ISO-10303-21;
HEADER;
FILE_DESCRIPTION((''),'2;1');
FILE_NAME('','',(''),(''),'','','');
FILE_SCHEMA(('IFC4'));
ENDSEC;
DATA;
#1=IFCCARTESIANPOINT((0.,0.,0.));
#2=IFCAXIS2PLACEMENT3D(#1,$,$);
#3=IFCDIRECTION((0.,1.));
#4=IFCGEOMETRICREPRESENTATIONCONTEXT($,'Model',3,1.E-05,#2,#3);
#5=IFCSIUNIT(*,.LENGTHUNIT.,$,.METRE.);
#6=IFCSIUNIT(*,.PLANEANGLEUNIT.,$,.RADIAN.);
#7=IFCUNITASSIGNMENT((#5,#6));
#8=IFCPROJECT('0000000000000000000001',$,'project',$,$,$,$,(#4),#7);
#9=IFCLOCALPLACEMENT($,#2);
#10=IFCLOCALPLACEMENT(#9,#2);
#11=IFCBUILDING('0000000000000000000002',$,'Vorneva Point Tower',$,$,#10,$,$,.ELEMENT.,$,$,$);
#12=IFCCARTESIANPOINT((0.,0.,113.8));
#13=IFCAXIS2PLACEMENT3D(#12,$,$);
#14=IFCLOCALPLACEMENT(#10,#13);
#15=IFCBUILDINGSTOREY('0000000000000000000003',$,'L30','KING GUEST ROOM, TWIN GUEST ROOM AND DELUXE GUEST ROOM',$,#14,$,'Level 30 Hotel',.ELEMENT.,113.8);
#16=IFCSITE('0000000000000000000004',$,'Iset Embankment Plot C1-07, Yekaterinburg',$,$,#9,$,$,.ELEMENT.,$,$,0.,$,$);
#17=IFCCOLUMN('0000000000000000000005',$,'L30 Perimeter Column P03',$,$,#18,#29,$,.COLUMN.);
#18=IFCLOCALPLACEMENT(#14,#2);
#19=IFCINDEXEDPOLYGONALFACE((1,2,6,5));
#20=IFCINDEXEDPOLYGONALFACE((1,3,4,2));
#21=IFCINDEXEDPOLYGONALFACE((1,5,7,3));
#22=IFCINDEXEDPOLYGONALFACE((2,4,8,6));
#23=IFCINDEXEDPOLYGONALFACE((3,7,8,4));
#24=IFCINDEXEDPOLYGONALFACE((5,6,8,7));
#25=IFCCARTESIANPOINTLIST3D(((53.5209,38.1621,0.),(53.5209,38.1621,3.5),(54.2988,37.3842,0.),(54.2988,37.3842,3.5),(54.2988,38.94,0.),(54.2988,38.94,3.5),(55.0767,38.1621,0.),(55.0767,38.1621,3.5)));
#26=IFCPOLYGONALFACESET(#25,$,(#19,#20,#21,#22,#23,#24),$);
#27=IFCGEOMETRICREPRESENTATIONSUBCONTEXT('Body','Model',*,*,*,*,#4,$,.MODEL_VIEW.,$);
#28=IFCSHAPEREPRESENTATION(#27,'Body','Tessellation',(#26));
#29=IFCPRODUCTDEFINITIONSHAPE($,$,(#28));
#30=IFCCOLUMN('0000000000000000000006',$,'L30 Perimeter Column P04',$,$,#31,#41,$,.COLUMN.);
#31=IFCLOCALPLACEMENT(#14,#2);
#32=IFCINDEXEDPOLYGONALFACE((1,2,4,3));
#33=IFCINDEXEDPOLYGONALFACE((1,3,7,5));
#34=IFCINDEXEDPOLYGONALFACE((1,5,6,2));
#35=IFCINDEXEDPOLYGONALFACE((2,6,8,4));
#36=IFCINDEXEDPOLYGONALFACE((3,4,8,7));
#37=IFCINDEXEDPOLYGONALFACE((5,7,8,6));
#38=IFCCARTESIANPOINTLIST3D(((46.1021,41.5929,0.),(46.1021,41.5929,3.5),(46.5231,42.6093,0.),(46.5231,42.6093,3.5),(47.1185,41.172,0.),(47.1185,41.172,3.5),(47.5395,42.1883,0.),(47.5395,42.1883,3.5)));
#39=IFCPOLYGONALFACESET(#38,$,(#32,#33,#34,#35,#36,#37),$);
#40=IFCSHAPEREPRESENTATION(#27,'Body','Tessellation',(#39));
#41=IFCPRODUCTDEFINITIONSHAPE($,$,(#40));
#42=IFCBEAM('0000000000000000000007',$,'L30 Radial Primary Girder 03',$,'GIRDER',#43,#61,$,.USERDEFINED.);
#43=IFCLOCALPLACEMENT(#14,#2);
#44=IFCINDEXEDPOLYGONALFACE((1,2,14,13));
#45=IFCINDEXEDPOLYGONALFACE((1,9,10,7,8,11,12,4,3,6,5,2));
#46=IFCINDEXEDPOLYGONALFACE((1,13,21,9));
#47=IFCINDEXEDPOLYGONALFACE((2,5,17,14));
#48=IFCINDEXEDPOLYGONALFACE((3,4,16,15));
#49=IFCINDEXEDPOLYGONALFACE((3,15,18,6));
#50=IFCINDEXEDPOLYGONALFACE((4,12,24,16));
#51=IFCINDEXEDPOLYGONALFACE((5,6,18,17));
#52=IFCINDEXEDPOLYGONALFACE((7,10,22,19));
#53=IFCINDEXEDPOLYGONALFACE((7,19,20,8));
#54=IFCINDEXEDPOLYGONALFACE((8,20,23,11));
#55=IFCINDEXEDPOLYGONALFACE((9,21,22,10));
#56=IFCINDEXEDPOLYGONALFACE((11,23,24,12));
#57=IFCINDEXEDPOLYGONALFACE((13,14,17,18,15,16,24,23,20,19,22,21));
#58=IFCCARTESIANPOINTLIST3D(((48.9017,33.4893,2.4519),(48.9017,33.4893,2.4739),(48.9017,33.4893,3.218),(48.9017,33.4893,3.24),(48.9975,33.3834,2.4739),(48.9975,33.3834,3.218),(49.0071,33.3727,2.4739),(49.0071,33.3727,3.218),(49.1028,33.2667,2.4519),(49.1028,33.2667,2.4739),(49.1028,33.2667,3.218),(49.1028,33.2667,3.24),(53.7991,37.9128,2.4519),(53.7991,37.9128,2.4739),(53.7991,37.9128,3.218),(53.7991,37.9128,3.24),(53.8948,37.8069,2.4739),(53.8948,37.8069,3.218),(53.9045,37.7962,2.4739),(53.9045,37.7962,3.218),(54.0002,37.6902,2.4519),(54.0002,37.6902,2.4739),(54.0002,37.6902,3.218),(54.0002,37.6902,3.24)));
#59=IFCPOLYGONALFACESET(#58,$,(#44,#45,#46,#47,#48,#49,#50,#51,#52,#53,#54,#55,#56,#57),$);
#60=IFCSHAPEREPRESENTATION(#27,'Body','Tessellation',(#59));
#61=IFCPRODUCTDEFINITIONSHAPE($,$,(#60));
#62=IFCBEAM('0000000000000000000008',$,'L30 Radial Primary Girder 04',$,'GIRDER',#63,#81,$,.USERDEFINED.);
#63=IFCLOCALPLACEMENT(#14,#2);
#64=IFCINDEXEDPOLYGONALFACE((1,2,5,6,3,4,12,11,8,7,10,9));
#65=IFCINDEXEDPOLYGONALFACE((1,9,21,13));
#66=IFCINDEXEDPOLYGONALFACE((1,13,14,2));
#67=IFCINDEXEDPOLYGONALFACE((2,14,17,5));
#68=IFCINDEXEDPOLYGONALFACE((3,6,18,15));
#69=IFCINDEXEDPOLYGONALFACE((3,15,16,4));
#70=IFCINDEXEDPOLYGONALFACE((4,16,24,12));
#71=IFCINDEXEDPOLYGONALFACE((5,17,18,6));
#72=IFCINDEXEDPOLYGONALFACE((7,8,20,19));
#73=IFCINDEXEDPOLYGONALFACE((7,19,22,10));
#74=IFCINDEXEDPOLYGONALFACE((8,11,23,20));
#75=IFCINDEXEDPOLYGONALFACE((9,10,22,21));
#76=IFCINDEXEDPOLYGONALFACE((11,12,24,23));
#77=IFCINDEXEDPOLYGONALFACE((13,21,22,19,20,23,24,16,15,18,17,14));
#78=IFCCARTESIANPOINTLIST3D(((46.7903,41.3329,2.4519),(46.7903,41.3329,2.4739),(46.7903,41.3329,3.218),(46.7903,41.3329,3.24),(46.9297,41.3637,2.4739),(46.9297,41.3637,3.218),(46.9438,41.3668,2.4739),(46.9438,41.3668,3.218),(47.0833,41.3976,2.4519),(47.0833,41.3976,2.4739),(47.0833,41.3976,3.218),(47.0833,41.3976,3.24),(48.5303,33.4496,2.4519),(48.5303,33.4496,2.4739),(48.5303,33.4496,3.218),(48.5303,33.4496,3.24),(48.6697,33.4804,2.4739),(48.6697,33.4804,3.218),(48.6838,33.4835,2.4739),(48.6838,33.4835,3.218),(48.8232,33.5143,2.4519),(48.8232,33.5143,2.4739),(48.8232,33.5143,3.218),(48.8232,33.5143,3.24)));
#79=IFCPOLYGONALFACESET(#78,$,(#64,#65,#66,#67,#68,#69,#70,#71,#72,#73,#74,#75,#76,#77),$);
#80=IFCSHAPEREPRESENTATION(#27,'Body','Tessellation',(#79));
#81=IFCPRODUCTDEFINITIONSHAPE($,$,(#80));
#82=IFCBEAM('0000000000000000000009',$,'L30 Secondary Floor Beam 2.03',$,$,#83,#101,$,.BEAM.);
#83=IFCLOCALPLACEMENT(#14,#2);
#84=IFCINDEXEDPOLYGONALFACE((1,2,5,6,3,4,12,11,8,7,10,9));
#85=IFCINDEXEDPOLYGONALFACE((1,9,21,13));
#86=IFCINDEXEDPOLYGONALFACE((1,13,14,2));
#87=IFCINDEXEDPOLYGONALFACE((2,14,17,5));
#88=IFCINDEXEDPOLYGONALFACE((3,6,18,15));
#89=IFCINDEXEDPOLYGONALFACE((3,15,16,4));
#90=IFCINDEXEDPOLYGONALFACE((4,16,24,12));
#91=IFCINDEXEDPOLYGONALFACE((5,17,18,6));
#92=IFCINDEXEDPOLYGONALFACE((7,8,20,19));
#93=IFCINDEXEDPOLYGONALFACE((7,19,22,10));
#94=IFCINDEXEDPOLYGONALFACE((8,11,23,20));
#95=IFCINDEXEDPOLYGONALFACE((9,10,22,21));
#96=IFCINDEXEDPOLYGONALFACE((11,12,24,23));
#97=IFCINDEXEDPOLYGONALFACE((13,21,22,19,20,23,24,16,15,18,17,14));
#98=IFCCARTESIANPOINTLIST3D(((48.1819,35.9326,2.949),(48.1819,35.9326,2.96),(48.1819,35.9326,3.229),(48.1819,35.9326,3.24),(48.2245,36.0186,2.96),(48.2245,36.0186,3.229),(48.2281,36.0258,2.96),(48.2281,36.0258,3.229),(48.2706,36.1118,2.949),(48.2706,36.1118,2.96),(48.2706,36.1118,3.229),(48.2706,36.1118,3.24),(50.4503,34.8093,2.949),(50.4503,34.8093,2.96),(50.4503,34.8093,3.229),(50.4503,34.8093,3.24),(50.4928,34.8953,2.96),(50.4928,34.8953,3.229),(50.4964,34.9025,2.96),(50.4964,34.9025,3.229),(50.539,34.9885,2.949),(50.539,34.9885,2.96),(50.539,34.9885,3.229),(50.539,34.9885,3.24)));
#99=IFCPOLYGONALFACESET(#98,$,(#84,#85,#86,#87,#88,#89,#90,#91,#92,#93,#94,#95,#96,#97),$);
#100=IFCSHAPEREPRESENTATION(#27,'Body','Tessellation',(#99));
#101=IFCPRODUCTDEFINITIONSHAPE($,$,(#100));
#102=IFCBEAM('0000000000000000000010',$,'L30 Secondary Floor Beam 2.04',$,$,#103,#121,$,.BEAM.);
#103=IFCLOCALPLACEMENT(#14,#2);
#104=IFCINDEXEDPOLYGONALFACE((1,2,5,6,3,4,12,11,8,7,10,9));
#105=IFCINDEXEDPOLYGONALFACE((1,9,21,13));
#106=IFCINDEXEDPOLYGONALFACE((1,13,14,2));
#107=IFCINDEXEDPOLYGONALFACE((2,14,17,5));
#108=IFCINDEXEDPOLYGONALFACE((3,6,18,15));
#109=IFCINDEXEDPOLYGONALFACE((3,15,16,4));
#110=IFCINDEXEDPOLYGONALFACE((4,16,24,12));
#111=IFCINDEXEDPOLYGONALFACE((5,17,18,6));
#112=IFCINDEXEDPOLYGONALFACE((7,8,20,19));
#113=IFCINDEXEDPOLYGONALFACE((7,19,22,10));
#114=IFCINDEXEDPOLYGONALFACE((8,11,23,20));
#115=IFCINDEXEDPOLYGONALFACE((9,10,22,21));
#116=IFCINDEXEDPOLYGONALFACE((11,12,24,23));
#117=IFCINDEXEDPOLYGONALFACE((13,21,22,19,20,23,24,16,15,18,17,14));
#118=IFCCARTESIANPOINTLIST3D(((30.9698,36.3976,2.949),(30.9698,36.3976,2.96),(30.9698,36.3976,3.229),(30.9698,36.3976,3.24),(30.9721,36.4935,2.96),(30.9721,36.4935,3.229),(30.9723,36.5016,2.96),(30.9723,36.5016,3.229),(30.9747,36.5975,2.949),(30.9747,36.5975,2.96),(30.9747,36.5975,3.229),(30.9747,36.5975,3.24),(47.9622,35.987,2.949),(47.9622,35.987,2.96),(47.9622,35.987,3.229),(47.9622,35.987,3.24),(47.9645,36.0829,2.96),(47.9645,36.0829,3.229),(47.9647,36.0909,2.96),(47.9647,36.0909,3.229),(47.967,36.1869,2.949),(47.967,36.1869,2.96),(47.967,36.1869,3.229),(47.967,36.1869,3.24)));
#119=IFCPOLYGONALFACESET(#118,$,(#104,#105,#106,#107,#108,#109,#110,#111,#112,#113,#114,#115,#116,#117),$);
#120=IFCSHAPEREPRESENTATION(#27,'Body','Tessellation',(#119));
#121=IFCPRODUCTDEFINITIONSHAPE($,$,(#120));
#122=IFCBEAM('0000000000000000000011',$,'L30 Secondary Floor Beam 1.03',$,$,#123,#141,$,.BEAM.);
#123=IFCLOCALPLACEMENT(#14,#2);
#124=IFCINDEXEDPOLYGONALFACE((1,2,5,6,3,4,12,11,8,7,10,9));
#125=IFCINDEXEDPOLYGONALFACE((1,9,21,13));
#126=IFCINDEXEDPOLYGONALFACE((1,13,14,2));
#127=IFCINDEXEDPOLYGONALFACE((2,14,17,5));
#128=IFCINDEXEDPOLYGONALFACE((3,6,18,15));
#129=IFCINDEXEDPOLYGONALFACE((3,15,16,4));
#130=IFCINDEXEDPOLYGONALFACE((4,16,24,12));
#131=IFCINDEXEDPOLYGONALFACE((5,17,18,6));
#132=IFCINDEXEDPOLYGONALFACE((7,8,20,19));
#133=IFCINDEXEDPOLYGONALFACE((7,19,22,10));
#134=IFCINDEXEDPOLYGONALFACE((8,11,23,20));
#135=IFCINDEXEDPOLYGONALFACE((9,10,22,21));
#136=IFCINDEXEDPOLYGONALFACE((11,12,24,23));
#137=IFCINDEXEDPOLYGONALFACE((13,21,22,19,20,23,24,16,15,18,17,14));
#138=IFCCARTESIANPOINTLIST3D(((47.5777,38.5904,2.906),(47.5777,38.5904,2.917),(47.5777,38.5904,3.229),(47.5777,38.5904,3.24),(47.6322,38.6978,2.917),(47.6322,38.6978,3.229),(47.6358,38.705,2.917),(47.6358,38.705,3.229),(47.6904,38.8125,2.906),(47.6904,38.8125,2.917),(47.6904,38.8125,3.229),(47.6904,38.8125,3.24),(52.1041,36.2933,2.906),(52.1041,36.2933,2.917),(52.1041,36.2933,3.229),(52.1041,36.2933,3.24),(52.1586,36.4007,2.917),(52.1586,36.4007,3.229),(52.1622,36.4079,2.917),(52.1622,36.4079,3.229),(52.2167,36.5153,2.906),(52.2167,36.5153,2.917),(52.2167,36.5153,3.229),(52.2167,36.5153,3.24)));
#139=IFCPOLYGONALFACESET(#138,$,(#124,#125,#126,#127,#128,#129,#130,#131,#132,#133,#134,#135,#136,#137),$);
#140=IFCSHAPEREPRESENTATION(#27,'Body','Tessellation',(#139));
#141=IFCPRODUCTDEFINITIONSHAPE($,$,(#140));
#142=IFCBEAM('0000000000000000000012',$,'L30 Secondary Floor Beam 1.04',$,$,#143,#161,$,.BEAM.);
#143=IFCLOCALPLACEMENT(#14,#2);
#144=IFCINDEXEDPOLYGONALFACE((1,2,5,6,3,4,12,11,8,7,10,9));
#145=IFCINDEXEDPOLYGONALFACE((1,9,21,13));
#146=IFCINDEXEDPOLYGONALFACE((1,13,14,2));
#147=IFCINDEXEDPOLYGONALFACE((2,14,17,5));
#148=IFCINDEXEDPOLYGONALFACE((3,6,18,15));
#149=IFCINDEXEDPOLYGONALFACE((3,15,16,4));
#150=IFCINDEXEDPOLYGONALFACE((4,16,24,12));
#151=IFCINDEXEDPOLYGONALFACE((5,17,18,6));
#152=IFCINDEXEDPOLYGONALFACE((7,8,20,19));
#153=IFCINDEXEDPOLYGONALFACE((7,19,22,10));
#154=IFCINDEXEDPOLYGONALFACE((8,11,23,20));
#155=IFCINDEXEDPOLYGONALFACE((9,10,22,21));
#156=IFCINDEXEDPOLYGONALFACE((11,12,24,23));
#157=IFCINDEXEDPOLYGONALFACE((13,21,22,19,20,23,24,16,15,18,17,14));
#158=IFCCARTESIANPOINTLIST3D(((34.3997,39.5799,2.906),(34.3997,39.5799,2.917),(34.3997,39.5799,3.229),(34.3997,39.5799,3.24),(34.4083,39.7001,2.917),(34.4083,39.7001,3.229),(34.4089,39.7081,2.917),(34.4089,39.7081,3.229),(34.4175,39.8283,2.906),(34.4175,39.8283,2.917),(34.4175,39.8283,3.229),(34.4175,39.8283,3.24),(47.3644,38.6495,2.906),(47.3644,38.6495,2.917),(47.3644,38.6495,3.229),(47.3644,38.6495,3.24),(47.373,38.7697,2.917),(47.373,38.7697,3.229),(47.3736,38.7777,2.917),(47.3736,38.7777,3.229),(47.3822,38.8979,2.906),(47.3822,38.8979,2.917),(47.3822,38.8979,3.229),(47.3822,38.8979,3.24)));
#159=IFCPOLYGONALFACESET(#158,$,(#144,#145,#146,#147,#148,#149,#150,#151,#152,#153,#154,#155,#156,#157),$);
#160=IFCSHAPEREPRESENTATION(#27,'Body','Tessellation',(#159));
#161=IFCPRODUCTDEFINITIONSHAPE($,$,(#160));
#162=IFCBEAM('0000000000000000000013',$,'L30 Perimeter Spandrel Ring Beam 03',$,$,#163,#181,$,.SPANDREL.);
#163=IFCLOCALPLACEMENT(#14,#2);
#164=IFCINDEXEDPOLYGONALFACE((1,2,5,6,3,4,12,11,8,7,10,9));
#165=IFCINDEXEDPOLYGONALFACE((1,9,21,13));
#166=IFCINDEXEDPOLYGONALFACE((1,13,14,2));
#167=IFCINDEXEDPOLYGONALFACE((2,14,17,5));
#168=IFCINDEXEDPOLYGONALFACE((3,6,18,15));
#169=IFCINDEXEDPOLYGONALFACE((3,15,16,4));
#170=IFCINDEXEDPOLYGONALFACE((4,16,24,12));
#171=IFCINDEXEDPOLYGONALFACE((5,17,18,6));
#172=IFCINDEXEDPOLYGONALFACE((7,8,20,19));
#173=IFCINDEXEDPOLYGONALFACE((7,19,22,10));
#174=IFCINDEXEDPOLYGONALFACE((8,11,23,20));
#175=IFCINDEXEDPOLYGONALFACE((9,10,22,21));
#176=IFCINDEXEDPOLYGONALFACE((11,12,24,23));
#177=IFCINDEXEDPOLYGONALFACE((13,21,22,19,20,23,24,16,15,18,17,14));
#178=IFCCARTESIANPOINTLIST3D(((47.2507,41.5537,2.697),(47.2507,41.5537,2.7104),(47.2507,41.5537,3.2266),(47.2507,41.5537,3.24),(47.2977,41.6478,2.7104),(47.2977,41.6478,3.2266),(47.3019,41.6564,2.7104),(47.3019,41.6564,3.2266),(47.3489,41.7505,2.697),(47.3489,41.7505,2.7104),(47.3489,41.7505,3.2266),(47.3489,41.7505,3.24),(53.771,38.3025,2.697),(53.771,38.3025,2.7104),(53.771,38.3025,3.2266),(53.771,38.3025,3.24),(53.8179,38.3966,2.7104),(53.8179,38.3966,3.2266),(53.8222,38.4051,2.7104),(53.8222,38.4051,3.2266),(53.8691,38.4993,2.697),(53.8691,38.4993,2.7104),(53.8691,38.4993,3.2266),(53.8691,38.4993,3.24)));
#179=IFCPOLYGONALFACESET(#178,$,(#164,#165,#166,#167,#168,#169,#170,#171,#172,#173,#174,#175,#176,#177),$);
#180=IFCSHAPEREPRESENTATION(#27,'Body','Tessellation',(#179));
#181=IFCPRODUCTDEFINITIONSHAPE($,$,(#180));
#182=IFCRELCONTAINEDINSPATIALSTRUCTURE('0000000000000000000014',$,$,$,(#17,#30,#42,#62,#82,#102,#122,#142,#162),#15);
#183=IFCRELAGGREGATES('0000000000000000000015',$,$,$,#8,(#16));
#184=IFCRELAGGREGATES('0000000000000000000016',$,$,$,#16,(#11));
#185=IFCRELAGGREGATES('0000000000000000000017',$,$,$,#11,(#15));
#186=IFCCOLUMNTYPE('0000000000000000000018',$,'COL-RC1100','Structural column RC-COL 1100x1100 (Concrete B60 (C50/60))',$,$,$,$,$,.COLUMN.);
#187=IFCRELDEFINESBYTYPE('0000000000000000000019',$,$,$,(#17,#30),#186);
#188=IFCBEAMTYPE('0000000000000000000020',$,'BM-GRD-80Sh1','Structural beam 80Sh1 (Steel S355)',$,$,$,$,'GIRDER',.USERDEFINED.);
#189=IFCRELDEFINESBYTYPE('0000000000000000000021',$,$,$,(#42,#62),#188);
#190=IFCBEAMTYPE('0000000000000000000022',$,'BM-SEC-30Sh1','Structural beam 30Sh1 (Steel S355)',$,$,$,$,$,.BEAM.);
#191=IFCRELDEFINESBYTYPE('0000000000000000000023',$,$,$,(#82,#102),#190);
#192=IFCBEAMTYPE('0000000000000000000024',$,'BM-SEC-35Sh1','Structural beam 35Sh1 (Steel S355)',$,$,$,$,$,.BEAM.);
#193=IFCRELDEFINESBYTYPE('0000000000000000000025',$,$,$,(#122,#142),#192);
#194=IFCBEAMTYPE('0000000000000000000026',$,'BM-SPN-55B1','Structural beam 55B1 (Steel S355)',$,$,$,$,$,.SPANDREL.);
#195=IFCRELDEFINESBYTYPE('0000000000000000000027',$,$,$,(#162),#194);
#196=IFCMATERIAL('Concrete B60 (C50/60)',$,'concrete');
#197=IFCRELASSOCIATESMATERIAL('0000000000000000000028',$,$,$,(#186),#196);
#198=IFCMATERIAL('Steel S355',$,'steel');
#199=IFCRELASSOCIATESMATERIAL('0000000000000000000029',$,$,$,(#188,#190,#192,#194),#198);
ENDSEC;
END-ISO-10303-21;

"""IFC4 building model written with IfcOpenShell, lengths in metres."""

from ifc_helpers import new_model, si_unit, direction, frame, origin, origin_2d, place, context, subcontext, project, spatial, rectangle, i_section, extrude, material, material_profile, profile_set, type_object, element, save


model = new_model("IFC4")

# Units and contexts
model_context = context("Model", 3, precision=1e-05, world=origin(), true_north=direction((0.0, 1.0)))
body_context = subcontext(model_context, "Body", "Model", "MODEL_VIEW")
ifc_project = project(units=[si_unit("LENGTHUNIT", "METRE"), si_unit("PLANEANGLEUNIT", "RADIAN")], contexts=[model_context])

# Site, building, storey
site_placement = place(None, origin())
site = spatial("IfcSite", under=ifc_project, at=site_placement, Name="Iset Embankment Plot C1-07, Yekaterinburg", CompositionType="ELEMENT", RefElevation=0.0)
building_placement = place(site_placement, origin())
building = spatial("IfcBuilding", under=site, at=building_placement, Name="Vorneva Point Tower", CompositionType="ELEMENT")
storey_placement = place(building_placement, frame((0.0, 0.0, 113.8)))
storey = spatial("IfcBuildingStorey", under=building, at=storey_placement, Name="L30", Description="KING GUEST ROOM, TWIN GUEST ROOM AND DELUXE GUEST ROOM", LongName="Level 30 Hotel", CompositionType="ELEMENT", Elevation=113.8)

# Columns
ifc_material_1 = material(Name="Concrete B60 (C50/60)", Category="concrete")
ifc_material_profile_1 = material_profile(ifc_material_1, rectangle(XDim=1.1001, YDim=1.1001, at=origin_2d()), Name="RC-COL 1100x1100")
ifc_profile_set_1 = profile_set([ifc_material_profile_1], Name="Concrete B60 (C50/60)")
column_type = type_object("IfcColumnType", Name="COL-RC1100", Description="Structural column RC-COL 1100x1100 (Concrete B60 (C50/60))", PredefinedType="COLUMN", material=ifc_profile_set_1)
for number, where, z_axis, x_axis, name in (
    (1, (54.2988, 38.1621, 0.0), (0.0, 0.0, 1.0), (0.707107, 0.707107, 0.0), "L30 Perimeter Column P03"),
    (2, (46.8208, 41.8906, 0.0), (0.0, 0.0, 1.0), (0.382683, 0.92388, 0.0), "L30 Perimeter Column P04"),
):
    element("IfcColumn", number, at=place(storey_placement, frame(where, z_axis=z_axis, x_axis=x_axis)), inside=storey, type_object=column_type, Name=name, PredefinedType="COLUMN", context=body_context, shape_type="SweptSolid", body=[
        extrude(rectangle(XDim=1.1001, YDim=1.1001, at=origin_2d()), origin(), (0.0, 0.0, 1.0), 3.5),
    ])

# Beams
ifc_material_2 = material(Name="Steel S355", Category="steel")
ifc_material_profile_2 = material_profile(ifc_material_2, i_section(OverallWidth=0.3, OverallDepth=0.7881, WebThickness=0.0144, FlangeThickness=0.022, at=origin_2d()), Name="80Sh1")
ifc_profile_set_2 = profile_set([ifc_material_profile_2], Name="Steel S355")
beam_type_1 = type_object("IfcBeamType", Name="BM-GRD-80Sh1", Description="Structural beam 80Sh1 (Steel S355)", ElementType="GIRDER", PredefinedType="USERDEFINED", material=ifc_profile_set_2)
beam_1_placement = place(storey_placement, frame((53.8997, 37.8015, 2.8459), z_axis=(-0.742097, -0.670292, 0.0), x_axis=(0.670292, -0.742097, 0.0)))
element("IfcBeam", 3, at=beam_1_placement, inside=storey, type_object=beam_type_1, Name="L30 Radial Primary Girder 03", ObjectType="GIRDER", PredefinedType="USERDEFINED", context=body_context, shape_type="SweptSolid", body=[
    extrude(i_section(OverallWidth=0.3, OverallDepth=0.7881, WebThickness=0.0144, FlangeThickness=0.022, at=origin_2d()), origin(), (0.0, 0.0, 1.0), 6.5994),
])
beam_2_placement = place(storey_placement, frame((46.9368, 41.3652, 2.8459), z_axis=(0.215531, -0.976497, 0.0), x_axis=(0.976497, 0.215531, 0.0)))
element("IfcBeam", 4, at=beam_2_placement, inside=storey, type_object=beam_type_1, Name="L30 Radial Primary Girder 04", ObjectType="GIRDER", PredefinedType="USERDEFINED", context=body_context, shape_type="SweptSolid", body=[
    extrude(i_section(OverallWidth=0.3, OverallDepth=0.7881, WebThickness=0.0144, FlangeThickness=0.022, at=origin_2d()), origin(), (0.0, 0.0, 1.0), 8.073),
])
ifc_material_profile_3 = material_profile(ifc_material_2, i_section(OverallWidth=0.2, OverallDepth=0.291, WebThickness=0.0081, FlangeThickness=0.011, at=origin_2d()), Name="30Sh1")
ifc_profile_set_3 = profile_set([ifc_material_profile_3], Name="Steel S355")
beam_type_2 = type_object("IfcBeamType", Name="BM-SEC-30Sh1", Description="Structural beam 30Sh1 (Steel S355)", PredefinedType="BEAM", material=ifc_profile_set_3)
beam_3_placement = place(storey_placement, frame((50.4946, 34.8989, 3.0945), z_axis=(-0.896137, 0.443777, 0.0), x_axis=(-0.443777, -0.896137, 0.0)))
element("IfcBeam", 5, at=beam_3_placement, inside=storey, type_object=beam_type_2, Name="L30 Secondary Floor Beam 2.03", PredefinedType="BEAM", context=body_context, shape_type="SweptSolid", body=[
    extrude(i_section(OverallWidth=0.2, OverallDepth=0.291, WebThickness=0.0081, FlangeThickness=0.011, at=origin_2d()), origin(), (0.0, 0.0, 1.0), 2.5312),
])
beam_4_placement = place(storey_placement, frame((47.9646, 36.0869, 3.0945), z_axis=(-0.999708, 0.024159, 0.0), x_axis=(-0.024159, -0.999708, 0.0)))
element("IfcBeam", 6, at=beam_4_placement, inside=storey, type_object=beam_type_2, Name="L30 Secondary Floor Beam 2.04", PredefinedType="BEAM", context=body_context, shape_type="SweptSolid", body=[
    extrude(i_section(OverallWidth=0.2, OverallDepth=0.291, WebThickness=0.0081, FlangeThickness=0.011, at=origin_2d()), origin(), (0.0, 0.0, 1.0), 16.9973),
])
ifc_material_profile_4 = material_profile(ifc_material_2, i_section(OverallWidth=0.249, OverallDepth=0.334, WebThickness=0.0081, FlangeThickness=0.011, at=origin_2d()), Name="35Sh1")
ifc_profile_set_4 = profile_set([ifc_material_profile_4], Name="Steel S355")
beam_type_3 = type_object("IfcBeamType", Name="BM-SEC-35Sh1", Description="Structural beam 35Sh1 (Steel S355)", PredefinedType="BEAM", material=ifc_profile_set_4)
beam_5_placement = place(storey_placement, frame((52.1604, 36.4043, 3.073), z_axis=(-0.891737, 0.452554, 0.0), x_axis=(-0.452554, -0.891737, 0.0)))
element("IfcBeam", 7, at=beam_5_placement, inside=storey, type_object=beam_type_3, Name="L30 Secondary Floor Beam 1.03", PredefinedType="BEAM", context=body_context, shape_type="SweptSolid", body=[
    extrude(i_section(OverallWidth=0.249, OverallDepth=0.334, WebThickness=0.0081, FlangeThickness=0.011, at=origin_2d()), origin(), (0.0, 0.0, 1.0), 5.0759),
])
beam_6_placement = place(storey_placement, frame((47.3733, 38.7737, 3.073), z_axis=(-0.997435, 0.071582, 0.0), x_axis=(-0.071582, -0.997435, 0.0)))
element("IfcBeam", 8, at=beam_6_placement, inside=storey, type_object=beam_type_3, Name="L30 Secondary Floor Beam 1.04", PredefinedType="BEAM", context=body_context, shape_type="SweptSolid", body=[
    extrude(i_section(OverallWidth=0.249, OverallDepth=0.334, WebThickness=0.0081, FlangeThickness=0.011, at=origin_2d()), origin(), (0.0, 0.0, 1.0), 12.998),
])
ifc_material_profile_5 = material_profile(ifc_material_2, i_section(OverallWidth=0.22, OverallDepth=0.543, WebThickness=0.0095, FlangeThickness=0.0134, at=origin_2d()), Name="55B1")
ifc_profile_set_5 = profile_set([ifc_material_profile_5], Name="Steel S355")
beam_type_4 = type_object("IfcBeamType", Name="BM-SPN-55B1", Description="Structural beam 55B1 (Steel S355)", PredefinedType="SPANDREL", material=ifc_profile_set_5)
beam_7_placement = place(storey_placement, frame((53.8201, 38.4009, 2.9685), z_axis=(-0.894916, 0.446235, 0.0), x_axis=(-0.446235, -0.894916, 0.0)))
element("IfcBeam", 9, at=beam_7_placement, inside=storey, type_object=beam_type_4, Name="L30 Perimeter Spandrel Ring Beam 03", PredefinedType="SPANDREL", context=body_context, shape_type="SweptSolid", body=[
    extrude(i_section(OverallWidth=0.22, OverallDepth=0.543, WebThickness=0.0095, FlangeThickness=0.0134, at=origin_2d()), origin(), (0.0, 0.0, 1.0), 7.2859),
])

save(model, "model.ifc")
